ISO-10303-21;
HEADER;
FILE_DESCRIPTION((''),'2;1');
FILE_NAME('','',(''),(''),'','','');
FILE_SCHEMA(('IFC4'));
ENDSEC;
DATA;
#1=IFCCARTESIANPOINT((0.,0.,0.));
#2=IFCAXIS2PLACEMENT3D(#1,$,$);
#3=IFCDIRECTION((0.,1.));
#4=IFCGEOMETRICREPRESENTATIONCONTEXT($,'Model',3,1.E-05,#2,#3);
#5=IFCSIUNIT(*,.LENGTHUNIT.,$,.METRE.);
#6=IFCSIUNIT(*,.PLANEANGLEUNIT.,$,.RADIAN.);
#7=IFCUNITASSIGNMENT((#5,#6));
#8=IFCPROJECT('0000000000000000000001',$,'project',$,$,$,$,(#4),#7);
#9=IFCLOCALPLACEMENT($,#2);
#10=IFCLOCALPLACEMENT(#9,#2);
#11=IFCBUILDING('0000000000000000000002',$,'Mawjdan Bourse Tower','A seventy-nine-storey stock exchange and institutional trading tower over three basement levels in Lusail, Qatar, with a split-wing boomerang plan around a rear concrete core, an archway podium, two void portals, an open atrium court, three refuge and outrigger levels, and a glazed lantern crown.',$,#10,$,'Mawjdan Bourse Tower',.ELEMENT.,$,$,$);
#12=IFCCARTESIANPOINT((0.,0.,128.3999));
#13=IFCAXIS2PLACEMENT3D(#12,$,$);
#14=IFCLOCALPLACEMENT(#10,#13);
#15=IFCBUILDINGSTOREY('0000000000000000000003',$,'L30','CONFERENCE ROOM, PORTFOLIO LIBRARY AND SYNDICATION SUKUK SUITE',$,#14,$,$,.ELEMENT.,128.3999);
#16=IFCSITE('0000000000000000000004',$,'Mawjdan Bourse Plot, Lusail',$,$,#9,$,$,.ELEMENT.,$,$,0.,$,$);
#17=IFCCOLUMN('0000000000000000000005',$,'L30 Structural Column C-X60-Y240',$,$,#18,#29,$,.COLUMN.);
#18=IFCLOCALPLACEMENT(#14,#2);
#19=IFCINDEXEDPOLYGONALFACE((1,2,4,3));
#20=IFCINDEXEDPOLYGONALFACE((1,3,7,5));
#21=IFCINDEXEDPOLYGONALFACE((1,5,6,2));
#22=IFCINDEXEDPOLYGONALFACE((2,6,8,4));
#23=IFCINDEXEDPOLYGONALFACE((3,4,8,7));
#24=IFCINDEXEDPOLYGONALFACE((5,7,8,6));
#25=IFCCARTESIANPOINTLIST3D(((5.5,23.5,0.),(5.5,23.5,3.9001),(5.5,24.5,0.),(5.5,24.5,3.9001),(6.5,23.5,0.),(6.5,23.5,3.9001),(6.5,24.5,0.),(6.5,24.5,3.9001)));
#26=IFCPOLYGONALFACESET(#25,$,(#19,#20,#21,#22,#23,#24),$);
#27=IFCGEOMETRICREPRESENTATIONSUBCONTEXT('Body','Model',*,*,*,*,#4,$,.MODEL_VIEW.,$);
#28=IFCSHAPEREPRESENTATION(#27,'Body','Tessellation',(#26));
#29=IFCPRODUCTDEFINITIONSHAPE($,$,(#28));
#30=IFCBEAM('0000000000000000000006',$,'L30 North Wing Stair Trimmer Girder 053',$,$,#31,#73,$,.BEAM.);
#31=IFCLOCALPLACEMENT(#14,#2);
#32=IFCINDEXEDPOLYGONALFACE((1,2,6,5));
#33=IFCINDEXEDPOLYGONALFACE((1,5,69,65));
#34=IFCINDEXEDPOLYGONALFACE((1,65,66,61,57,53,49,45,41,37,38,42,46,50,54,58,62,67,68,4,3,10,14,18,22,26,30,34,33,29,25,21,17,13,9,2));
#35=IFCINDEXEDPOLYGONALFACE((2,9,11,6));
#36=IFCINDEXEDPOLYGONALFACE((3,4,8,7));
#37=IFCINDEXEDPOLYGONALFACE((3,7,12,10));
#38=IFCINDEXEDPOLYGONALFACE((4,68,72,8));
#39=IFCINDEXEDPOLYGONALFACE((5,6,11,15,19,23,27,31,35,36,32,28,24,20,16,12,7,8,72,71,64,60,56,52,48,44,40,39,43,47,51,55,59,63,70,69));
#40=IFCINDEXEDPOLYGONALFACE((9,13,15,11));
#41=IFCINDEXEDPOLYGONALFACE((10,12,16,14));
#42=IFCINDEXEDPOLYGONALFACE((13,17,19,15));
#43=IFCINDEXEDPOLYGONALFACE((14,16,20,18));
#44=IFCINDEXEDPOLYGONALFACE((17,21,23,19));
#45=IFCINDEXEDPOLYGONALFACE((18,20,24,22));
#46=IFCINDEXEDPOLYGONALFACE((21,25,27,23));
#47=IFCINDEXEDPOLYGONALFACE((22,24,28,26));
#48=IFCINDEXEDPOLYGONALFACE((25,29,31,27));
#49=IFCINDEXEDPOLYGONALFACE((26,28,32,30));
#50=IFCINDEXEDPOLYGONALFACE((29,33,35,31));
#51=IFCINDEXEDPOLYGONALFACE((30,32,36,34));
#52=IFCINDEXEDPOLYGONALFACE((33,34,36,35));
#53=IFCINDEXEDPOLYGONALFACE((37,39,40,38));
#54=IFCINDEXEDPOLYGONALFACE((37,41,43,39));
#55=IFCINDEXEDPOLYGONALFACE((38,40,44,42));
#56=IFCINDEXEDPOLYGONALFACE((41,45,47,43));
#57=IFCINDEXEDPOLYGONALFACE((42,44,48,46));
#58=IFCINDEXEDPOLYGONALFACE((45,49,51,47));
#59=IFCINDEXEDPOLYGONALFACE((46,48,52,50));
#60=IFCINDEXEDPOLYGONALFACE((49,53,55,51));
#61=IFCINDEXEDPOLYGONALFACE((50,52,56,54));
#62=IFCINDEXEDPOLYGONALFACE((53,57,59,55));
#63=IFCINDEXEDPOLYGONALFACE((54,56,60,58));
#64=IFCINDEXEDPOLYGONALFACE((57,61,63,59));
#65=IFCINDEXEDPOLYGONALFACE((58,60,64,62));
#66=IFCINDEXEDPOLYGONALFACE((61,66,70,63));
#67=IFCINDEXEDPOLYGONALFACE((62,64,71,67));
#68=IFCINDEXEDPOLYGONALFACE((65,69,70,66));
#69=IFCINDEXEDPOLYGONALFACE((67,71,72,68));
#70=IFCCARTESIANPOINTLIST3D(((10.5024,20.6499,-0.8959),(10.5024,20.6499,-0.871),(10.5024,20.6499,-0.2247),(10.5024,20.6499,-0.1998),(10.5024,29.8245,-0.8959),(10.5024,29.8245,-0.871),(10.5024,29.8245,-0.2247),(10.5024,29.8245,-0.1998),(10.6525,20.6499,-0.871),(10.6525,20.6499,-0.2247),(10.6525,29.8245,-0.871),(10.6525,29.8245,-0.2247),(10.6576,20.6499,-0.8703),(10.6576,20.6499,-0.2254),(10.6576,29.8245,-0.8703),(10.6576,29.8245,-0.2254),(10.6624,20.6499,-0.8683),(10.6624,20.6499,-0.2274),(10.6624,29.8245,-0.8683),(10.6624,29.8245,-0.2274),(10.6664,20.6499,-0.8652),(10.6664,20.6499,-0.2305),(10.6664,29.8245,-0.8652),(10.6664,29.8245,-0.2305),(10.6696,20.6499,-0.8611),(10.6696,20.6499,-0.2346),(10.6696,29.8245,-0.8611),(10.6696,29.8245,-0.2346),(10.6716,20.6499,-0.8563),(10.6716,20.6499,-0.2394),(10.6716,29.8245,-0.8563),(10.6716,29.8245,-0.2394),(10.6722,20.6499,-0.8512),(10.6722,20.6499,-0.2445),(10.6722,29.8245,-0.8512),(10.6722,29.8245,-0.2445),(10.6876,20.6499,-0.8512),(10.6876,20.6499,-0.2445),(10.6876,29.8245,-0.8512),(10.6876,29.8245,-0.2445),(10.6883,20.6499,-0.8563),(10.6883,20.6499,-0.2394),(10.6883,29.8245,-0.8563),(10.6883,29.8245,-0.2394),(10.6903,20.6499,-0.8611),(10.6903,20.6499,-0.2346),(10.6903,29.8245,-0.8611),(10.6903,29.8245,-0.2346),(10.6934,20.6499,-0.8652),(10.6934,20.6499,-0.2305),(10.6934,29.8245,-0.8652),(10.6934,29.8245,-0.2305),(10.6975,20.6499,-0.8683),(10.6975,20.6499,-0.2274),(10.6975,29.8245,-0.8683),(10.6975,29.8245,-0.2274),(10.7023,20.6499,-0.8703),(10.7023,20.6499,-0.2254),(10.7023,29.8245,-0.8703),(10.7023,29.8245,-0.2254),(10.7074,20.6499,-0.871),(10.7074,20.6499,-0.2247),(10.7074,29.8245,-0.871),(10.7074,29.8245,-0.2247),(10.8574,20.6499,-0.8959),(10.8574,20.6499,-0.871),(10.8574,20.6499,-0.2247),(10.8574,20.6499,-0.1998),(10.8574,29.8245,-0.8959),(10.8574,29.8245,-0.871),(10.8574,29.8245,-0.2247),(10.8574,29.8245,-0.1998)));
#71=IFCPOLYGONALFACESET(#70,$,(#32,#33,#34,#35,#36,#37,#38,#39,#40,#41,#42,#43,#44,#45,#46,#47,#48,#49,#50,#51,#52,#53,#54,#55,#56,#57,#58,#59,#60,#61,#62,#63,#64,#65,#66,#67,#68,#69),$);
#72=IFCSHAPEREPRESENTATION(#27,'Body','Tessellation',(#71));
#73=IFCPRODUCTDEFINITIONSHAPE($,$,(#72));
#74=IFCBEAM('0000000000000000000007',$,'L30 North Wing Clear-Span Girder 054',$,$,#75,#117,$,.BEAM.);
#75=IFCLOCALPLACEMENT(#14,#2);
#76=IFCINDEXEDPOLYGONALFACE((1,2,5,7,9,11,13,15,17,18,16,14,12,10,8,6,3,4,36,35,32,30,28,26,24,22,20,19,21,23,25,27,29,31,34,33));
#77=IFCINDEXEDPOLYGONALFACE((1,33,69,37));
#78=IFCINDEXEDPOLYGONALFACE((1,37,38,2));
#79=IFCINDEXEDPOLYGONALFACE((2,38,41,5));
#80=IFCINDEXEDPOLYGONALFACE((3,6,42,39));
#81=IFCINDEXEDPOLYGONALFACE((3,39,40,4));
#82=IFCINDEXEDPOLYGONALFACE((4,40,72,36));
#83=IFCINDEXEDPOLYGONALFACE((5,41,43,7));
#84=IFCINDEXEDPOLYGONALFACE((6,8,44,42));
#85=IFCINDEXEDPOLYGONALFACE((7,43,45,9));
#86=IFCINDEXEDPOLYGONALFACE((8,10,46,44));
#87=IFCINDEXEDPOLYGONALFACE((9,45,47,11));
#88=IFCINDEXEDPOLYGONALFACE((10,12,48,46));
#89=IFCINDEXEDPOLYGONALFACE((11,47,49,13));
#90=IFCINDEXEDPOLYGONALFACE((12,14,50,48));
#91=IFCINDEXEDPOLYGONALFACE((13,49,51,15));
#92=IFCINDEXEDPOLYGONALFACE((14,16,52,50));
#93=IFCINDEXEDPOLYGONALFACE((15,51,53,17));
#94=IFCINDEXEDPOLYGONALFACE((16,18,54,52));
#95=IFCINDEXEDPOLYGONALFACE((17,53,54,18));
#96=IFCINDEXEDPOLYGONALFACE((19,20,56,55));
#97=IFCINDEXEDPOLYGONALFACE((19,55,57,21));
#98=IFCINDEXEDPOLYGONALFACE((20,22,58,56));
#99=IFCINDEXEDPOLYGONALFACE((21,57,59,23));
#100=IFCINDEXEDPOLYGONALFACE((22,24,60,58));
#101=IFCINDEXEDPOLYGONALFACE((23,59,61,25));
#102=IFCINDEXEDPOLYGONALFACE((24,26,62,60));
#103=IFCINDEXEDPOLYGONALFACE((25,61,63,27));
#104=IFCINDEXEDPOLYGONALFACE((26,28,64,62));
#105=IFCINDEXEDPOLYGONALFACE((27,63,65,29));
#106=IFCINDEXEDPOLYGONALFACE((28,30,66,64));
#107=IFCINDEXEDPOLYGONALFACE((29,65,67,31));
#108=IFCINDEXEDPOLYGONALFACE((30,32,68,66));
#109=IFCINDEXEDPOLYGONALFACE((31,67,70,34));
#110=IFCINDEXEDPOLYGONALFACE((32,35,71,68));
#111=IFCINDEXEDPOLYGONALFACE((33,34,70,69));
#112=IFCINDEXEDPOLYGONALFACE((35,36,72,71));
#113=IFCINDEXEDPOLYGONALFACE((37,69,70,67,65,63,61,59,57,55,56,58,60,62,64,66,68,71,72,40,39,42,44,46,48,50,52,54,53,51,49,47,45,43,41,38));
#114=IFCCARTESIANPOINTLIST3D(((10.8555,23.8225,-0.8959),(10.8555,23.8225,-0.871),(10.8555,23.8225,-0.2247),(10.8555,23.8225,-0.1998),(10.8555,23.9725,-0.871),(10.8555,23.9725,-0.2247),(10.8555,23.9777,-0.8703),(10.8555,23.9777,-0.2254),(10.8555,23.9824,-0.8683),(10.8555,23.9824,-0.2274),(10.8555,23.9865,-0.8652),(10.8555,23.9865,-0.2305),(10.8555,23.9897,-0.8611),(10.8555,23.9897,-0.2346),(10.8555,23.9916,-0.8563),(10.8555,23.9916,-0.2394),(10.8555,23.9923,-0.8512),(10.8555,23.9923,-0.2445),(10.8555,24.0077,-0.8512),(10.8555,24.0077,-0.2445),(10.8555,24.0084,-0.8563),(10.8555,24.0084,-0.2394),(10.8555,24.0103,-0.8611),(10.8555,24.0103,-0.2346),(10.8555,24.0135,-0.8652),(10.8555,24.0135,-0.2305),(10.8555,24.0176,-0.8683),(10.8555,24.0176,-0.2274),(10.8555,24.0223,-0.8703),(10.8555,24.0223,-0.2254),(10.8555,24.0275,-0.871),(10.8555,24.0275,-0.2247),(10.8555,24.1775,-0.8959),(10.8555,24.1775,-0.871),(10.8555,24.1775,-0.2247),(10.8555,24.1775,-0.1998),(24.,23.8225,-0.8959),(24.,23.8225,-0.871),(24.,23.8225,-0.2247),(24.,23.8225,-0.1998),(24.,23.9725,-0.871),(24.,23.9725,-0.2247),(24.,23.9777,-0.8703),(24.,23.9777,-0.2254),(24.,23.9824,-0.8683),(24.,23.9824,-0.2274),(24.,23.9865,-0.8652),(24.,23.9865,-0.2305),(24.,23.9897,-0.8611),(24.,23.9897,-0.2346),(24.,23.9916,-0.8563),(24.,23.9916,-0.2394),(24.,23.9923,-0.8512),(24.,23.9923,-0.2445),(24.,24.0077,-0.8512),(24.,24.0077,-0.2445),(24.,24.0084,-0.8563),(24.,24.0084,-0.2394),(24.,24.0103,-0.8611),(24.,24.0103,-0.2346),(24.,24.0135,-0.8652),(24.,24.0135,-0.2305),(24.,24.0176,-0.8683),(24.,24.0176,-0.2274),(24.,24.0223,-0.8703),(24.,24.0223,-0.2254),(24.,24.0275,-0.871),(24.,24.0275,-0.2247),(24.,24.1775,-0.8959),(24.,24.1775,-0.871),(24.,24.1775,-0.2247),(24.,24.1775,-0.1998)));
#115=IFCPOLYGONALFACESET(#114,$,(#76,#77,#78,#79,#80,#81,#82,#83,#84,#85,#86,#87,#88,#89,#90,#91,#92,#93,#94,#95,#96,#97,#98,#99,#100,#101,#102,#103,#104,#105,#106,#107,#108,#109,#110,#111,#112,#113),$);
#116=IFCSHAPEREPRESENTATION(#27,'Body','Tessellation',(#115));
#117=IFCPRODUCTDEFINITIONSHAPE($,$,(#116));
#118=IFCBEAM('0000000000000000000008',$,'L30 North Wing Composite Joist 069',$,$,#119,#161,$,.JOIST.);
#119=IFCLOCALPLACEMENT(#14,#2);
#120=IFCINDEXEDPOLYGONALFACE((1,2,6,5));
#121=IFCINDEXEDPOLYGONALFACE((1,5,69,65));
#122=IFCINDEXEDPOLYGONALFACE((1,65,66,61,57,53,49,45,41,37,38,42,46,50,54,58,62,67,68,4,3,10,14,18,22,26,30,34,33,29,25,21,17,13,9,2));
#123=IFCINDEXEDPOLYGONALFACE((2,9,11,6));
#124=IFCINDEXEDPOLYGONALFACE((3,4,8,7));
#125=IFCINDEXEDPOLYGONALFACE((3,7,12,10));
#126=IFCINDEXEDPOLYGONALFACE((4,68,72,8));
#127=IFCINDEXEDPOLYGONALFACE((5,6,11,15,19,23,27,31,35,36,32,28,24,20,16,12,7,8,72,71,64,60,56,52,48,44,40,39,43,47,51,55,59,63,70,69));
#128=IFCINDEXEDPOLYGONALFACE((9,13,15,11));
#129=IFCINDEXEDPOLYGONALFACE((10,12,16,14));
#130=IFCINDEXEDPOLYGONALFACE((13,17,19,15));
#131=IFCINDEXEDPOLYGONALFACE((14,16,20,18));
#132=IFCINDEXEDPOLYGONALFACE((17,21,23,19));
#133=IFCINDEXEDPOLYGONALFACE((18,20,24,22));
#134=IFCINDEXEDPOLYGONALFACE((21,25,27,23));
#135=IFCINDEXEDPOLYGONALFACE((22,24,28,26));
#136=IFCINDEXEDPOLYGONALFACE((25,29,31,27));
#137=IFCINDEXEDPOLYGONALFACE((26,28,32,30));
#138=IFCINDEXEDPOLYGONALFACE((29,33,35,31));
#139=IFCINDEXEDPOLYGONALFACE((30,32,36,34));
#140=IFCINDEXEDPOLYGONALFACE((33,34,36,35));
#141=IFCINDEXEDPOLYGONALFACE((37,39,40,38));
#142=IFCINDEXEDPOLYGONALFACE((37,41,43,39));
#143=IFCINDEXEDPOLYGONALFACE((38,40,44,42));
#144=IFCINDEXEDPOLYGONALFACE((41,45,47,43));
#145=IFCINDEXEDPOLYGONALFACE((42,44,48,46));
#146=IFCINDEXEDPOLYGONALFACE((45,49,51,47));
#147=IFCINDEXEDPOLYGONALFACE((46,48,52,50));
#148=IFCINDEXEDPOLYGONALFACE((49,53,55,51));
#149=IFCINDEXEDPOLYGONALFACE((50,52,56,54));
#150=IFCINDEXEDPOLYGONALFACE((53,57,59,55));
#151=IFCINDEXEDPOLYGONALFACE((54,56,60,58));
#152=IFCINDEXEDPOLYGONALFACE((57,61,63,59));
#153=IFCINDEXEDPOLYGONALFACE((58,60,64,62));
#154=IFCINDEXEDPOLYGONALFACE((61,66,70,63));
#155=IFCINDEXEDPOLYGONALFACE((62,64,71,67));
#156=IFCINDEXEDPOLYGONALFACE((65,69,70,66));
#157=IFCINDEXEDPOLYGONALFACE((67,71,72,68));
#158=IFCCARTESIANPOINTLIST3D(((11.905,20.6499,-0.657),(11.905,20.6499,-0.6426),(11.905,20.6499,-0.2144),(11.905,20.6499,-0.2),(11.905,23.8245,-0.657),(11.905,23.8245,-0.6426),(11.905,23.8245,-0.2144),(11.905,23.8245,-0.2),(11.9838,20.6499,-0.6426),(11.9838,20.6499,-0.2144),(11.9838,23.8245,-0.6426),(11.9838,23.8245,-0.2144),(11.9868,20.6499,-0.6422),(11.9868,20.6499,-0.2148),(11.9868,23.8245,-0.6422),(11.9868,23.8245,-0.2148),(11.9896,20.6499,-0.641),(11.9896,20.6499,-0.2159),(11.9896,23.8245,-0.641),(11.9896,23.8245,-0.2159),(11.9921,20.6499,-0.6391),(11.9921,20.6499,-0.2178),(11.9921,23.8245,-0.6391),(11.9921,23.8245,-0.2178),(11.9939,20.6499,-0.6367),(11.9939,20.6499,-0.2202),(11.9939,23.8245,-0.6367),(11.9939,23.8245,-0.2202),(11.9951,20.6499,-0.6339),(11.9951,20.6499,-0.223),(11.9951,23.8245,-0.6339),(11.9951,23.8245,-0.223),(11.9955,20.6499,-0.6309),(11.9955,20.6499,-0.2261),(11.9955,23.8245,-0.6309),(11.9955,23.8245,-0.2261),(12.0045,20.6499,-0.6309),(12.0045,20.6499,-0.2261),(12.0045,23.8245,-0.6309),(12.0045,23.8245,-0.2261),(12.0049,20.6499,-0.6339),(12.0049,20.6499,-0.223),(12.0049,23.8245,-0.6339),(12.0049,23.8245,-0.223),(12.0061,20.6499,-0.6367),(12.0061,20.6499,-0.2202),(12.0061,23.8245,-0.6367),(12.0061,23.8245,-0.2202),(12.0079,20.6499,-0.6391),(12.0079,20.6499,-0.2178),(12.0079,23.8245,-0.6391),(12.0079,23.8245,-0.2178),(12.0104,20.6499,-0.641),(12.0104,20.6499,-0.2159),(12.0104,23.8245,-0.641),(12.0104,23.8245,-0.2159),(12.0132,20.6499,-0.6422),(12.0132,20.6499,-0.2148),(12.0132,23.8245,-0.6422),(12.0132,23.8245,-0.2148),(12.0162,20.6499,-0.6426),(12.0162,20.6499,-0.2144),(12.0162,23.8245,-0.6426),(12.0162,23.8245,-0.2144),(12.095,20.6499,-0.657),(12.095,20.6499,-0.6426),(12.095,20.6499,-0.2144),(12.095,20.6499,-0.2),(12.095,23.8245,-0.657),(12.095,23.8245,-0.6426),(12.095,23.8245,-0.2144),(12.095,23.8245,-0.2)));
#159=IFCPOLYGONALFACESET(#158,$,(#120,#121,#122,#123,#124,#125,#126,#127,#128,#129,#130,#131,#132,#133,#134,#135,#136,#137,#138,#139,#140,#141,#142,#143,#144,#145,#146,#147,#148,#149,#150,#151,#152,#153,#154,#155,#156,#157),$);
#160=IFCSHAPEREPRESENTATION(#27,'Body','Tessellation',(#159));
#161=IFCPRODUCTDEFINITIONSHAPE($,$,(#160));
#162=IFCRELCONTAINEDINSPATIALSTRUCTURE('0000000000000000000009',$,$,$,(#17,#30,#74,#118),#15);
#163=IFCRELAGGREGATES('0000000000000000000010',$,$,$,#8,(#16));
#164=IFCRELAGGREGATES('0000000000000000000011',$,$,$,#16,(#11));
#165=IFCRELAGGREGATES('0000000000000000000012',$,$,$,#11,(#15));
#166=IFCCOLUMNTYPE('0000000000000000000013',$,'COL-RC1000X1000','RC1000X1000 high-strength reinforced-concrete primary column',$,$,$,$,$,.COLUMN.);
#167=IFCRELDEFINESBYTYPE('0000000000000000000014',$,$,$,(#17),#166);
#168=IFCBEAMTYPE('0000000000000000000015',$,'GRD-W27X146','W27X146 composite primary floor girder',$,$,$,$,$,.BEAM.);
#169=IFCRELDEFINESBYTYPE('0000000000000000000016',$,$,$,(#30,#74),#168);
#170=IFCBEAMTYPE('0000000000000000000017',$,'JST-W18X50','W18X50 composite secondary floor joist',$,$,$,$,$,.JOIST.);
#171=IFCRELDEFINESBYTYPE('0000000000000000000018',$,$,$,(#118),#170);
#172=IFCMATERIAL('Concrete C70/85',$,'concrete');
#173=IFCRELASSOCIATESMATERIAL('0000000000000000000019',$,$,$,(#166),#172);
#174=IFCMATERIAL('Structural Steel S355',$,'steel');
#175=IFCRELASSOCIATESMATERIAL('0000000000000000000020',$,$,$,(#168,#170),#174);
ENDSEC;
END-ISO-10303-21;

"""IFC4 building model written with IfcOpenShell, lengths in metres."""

from ifc_helpers import new_model, si_unit, direction, frame, origin, origin_2d, place, context, subcontext, project, spatial, rectangle, i_section, extrude, material, material_profile, profile_set, type_object, element, save


model = new_model("IFC4")

# Units and contexts
model_context = context("Model", 3, precision=1e-05, world=origin(), true_north=direction((0.0, 1.0)))
body_context = subcontext(model_context, "Body", "Model", "MODEL_VIEW")
ifc_project = project(units=[si_unit("LENGTHUNIT", "METRE"), si_unit("PLANEANGLEUNIT", "RADIAN")], contexts=[model_context])

# Site, building, storey
site_placement = place(None, origin())
site = spatial("IfcSite", under=ifc_project, at=site_placement, Name="Mawjdan Bourse Plot, Lusail", CompositionType="ELEMENT", RefElevation=0.0)
building_placement = place(site_placement, origin())
building = spatial("IfcBuilding", under=site, at=building_placement, Name="Mawjdan Bourse Tower", Description="A seventy-nine-storey stock exchange and institutional trading tower over three basement levels in Lusail, Qatar, with a split-wing boomerang plan around a rear concrete core, an archway podium, two void portals, an open atrium court, three refuge and outrigger levels, and a glazed lantern crown.", LongName="Mawjdan Bourse Tower", CompositionType="ELEMENT")
storey_placement = place(building_placement, frame((0.0, 0.0, 128.3999)))
storey = spatial("IfcBuildingStorey", under=building, at=storey_placement, Name="L30", Description="CONFERENCE ROOM, PORTFOLIO LIBRARY AND SYNDICATION SUKUK SUITE", CompositionType="ELEMENT", Elevation=128.3999)

# Column
ifc_material_1 = material(Name="Concrete C70/85", Category="concrete")
ifc_material_profile_1 = material_profile(ifc_material_1, rectangle(XDim=1.0, YDim=1.0, at=origin_2d()), Name="RC1000X1000")
ifc_profile_set_1 = profile_set([ifc_material_profile_1], Name="Concrete C70/85")
column_type = type_object("IfcColumnType", Name="COL-RC1000X1000", Description="RC1000X1000 high-strength reinforced-concrete primary column", PredefinedType="COLUMN", material=ifc_profile_set_1)
column_placement = place(storey_placement, frame((6.0, 24.0, 0.0), z_axis=(0.0, 0.0, 1.0), x_axis=(1.0, 0.0, 0.0)))
element("IfcColumn", 1, at=column_placement, inside=storey, type_object=column_type, Name="L30 Structural Column C-X60-Y240", PredefinedType="COLUMN", context=body_context, shape_type="SweptSolid", body=[
    extrude(rectangle(XDim=1.0, YDim=1.0, at=origin_2d()), origin(), (0.0, 0.0, 1.0), 3.9001),
])

# Beams
ifc_material_2 = material(Name="Structural Steel S355", Category="steel")
ifc_material_profile_2 = material_profile(ifc_material_2, i_section(OverallWidth=0.355, OverallDepth=0.696, WebThickness=0.0154, FlangeThickness=0.0249, FilletRadius=0.0198, at=origin_2d()), Name="W27X146")
ifc_profile_set_2 = profile_set([ifc_material_profile_2], Name="Structural Steel S355")
beam_type_1 = type_object("IfcBeamType", Name="GRD-W27X146", Description="W27X146 composite primary floor girder", PredefinedType="BEAM", material=ifc_profile_set_2)
beam_1_placement = place(storey_placement, frame((10.6799, 20.6499, -0.5479), z_axis=(0.0, 1.0, 0.0), x_axis=(-1.0, 0.0, 0.0)))
element("IfcBeam", 2, at=beam_1_placement, inside=storey, type_object=beam_type_1, Name="L30 North Wing Stair Trimmer Girder 053", PredefinedType="BEAM", context=body_context, shape_type="SweptSolid", body=[
    extrude(i_section(OverallWidth=0.355, OverallDepth=0.696, WebThickness=0.0154, FlangeThickness=0.0249, FilletRadius=0.0198, at=origin_2d()), origin(), (0.0, 0.0, 1.0), 9.1746),
])
beam_2_placement = place(storey_placement, frame((10.8555, 24.0, -0.5479), z_axis=(1.0, 0.0, 0.0), x_axis=(0.0, 1.0, 0.0)))
element("IfcBeam", 3, at=beam_2_placement, inside=storey, type_object=beam_type_1, Name="L30 North Wing Clear-Span Girder 054", PredefinedType="BEAM", context=body_context, shape_type="SweptSolid", body=[
    extrude(i_section(OverallWidth=0.355, OverallDepth=0.696, WebThickness=0.0154, FlangeThickness=0.0249, FilletRadius=0.0198, at=origin_2d()), origin(), (0.0, 0.0, 1.0), 13.1445),
])
ifc_material_profile_3 = material_profile(ifc_material_2, i_section(OverallWidth=0.1899, OverallDepth=0.457, WebThickness=0.009, FlangeThickness=0.0144, FilletRadius=0.0117, at=origin_2d()), Name="W18X50")
ifc_profile_set_3 = profile_set([ifc_material_profile_3], Name="Structural Steel S355")
beam_type_2 = type_object("IfcBeamType", Name="JST-W18X50", Description="W18X50 composite secondary floor joist", PredefinedType="JOIST", material=ifc_profile_set_3)
beam_3_placement = place(storey_placement, frame((12.0, 20.6499, -0.4285), z_axis=(0.0, 1.0, 0.0), x_axis=(-1.0, 0.0, 0.0)))
element("IfcBeam", 4, at=beam_3_placement, inside=storey, type_object=beam_type_2, Name="L30 North Wing Composite Joist 069", PredefinedType="JOIST", context=body_context, shape_type="SweptSolid", body=[
    extrude(i_section(OverallWidth=0.1899, OverallDepth=0.457, WebThickness=0.009, FlangeThickness=0.0144, FilletRadius=0.0117, at=origin_2d()), origin(), (0.0, 0.0, 1.0), 3.1746),
])

save(model, "model.ifc")
